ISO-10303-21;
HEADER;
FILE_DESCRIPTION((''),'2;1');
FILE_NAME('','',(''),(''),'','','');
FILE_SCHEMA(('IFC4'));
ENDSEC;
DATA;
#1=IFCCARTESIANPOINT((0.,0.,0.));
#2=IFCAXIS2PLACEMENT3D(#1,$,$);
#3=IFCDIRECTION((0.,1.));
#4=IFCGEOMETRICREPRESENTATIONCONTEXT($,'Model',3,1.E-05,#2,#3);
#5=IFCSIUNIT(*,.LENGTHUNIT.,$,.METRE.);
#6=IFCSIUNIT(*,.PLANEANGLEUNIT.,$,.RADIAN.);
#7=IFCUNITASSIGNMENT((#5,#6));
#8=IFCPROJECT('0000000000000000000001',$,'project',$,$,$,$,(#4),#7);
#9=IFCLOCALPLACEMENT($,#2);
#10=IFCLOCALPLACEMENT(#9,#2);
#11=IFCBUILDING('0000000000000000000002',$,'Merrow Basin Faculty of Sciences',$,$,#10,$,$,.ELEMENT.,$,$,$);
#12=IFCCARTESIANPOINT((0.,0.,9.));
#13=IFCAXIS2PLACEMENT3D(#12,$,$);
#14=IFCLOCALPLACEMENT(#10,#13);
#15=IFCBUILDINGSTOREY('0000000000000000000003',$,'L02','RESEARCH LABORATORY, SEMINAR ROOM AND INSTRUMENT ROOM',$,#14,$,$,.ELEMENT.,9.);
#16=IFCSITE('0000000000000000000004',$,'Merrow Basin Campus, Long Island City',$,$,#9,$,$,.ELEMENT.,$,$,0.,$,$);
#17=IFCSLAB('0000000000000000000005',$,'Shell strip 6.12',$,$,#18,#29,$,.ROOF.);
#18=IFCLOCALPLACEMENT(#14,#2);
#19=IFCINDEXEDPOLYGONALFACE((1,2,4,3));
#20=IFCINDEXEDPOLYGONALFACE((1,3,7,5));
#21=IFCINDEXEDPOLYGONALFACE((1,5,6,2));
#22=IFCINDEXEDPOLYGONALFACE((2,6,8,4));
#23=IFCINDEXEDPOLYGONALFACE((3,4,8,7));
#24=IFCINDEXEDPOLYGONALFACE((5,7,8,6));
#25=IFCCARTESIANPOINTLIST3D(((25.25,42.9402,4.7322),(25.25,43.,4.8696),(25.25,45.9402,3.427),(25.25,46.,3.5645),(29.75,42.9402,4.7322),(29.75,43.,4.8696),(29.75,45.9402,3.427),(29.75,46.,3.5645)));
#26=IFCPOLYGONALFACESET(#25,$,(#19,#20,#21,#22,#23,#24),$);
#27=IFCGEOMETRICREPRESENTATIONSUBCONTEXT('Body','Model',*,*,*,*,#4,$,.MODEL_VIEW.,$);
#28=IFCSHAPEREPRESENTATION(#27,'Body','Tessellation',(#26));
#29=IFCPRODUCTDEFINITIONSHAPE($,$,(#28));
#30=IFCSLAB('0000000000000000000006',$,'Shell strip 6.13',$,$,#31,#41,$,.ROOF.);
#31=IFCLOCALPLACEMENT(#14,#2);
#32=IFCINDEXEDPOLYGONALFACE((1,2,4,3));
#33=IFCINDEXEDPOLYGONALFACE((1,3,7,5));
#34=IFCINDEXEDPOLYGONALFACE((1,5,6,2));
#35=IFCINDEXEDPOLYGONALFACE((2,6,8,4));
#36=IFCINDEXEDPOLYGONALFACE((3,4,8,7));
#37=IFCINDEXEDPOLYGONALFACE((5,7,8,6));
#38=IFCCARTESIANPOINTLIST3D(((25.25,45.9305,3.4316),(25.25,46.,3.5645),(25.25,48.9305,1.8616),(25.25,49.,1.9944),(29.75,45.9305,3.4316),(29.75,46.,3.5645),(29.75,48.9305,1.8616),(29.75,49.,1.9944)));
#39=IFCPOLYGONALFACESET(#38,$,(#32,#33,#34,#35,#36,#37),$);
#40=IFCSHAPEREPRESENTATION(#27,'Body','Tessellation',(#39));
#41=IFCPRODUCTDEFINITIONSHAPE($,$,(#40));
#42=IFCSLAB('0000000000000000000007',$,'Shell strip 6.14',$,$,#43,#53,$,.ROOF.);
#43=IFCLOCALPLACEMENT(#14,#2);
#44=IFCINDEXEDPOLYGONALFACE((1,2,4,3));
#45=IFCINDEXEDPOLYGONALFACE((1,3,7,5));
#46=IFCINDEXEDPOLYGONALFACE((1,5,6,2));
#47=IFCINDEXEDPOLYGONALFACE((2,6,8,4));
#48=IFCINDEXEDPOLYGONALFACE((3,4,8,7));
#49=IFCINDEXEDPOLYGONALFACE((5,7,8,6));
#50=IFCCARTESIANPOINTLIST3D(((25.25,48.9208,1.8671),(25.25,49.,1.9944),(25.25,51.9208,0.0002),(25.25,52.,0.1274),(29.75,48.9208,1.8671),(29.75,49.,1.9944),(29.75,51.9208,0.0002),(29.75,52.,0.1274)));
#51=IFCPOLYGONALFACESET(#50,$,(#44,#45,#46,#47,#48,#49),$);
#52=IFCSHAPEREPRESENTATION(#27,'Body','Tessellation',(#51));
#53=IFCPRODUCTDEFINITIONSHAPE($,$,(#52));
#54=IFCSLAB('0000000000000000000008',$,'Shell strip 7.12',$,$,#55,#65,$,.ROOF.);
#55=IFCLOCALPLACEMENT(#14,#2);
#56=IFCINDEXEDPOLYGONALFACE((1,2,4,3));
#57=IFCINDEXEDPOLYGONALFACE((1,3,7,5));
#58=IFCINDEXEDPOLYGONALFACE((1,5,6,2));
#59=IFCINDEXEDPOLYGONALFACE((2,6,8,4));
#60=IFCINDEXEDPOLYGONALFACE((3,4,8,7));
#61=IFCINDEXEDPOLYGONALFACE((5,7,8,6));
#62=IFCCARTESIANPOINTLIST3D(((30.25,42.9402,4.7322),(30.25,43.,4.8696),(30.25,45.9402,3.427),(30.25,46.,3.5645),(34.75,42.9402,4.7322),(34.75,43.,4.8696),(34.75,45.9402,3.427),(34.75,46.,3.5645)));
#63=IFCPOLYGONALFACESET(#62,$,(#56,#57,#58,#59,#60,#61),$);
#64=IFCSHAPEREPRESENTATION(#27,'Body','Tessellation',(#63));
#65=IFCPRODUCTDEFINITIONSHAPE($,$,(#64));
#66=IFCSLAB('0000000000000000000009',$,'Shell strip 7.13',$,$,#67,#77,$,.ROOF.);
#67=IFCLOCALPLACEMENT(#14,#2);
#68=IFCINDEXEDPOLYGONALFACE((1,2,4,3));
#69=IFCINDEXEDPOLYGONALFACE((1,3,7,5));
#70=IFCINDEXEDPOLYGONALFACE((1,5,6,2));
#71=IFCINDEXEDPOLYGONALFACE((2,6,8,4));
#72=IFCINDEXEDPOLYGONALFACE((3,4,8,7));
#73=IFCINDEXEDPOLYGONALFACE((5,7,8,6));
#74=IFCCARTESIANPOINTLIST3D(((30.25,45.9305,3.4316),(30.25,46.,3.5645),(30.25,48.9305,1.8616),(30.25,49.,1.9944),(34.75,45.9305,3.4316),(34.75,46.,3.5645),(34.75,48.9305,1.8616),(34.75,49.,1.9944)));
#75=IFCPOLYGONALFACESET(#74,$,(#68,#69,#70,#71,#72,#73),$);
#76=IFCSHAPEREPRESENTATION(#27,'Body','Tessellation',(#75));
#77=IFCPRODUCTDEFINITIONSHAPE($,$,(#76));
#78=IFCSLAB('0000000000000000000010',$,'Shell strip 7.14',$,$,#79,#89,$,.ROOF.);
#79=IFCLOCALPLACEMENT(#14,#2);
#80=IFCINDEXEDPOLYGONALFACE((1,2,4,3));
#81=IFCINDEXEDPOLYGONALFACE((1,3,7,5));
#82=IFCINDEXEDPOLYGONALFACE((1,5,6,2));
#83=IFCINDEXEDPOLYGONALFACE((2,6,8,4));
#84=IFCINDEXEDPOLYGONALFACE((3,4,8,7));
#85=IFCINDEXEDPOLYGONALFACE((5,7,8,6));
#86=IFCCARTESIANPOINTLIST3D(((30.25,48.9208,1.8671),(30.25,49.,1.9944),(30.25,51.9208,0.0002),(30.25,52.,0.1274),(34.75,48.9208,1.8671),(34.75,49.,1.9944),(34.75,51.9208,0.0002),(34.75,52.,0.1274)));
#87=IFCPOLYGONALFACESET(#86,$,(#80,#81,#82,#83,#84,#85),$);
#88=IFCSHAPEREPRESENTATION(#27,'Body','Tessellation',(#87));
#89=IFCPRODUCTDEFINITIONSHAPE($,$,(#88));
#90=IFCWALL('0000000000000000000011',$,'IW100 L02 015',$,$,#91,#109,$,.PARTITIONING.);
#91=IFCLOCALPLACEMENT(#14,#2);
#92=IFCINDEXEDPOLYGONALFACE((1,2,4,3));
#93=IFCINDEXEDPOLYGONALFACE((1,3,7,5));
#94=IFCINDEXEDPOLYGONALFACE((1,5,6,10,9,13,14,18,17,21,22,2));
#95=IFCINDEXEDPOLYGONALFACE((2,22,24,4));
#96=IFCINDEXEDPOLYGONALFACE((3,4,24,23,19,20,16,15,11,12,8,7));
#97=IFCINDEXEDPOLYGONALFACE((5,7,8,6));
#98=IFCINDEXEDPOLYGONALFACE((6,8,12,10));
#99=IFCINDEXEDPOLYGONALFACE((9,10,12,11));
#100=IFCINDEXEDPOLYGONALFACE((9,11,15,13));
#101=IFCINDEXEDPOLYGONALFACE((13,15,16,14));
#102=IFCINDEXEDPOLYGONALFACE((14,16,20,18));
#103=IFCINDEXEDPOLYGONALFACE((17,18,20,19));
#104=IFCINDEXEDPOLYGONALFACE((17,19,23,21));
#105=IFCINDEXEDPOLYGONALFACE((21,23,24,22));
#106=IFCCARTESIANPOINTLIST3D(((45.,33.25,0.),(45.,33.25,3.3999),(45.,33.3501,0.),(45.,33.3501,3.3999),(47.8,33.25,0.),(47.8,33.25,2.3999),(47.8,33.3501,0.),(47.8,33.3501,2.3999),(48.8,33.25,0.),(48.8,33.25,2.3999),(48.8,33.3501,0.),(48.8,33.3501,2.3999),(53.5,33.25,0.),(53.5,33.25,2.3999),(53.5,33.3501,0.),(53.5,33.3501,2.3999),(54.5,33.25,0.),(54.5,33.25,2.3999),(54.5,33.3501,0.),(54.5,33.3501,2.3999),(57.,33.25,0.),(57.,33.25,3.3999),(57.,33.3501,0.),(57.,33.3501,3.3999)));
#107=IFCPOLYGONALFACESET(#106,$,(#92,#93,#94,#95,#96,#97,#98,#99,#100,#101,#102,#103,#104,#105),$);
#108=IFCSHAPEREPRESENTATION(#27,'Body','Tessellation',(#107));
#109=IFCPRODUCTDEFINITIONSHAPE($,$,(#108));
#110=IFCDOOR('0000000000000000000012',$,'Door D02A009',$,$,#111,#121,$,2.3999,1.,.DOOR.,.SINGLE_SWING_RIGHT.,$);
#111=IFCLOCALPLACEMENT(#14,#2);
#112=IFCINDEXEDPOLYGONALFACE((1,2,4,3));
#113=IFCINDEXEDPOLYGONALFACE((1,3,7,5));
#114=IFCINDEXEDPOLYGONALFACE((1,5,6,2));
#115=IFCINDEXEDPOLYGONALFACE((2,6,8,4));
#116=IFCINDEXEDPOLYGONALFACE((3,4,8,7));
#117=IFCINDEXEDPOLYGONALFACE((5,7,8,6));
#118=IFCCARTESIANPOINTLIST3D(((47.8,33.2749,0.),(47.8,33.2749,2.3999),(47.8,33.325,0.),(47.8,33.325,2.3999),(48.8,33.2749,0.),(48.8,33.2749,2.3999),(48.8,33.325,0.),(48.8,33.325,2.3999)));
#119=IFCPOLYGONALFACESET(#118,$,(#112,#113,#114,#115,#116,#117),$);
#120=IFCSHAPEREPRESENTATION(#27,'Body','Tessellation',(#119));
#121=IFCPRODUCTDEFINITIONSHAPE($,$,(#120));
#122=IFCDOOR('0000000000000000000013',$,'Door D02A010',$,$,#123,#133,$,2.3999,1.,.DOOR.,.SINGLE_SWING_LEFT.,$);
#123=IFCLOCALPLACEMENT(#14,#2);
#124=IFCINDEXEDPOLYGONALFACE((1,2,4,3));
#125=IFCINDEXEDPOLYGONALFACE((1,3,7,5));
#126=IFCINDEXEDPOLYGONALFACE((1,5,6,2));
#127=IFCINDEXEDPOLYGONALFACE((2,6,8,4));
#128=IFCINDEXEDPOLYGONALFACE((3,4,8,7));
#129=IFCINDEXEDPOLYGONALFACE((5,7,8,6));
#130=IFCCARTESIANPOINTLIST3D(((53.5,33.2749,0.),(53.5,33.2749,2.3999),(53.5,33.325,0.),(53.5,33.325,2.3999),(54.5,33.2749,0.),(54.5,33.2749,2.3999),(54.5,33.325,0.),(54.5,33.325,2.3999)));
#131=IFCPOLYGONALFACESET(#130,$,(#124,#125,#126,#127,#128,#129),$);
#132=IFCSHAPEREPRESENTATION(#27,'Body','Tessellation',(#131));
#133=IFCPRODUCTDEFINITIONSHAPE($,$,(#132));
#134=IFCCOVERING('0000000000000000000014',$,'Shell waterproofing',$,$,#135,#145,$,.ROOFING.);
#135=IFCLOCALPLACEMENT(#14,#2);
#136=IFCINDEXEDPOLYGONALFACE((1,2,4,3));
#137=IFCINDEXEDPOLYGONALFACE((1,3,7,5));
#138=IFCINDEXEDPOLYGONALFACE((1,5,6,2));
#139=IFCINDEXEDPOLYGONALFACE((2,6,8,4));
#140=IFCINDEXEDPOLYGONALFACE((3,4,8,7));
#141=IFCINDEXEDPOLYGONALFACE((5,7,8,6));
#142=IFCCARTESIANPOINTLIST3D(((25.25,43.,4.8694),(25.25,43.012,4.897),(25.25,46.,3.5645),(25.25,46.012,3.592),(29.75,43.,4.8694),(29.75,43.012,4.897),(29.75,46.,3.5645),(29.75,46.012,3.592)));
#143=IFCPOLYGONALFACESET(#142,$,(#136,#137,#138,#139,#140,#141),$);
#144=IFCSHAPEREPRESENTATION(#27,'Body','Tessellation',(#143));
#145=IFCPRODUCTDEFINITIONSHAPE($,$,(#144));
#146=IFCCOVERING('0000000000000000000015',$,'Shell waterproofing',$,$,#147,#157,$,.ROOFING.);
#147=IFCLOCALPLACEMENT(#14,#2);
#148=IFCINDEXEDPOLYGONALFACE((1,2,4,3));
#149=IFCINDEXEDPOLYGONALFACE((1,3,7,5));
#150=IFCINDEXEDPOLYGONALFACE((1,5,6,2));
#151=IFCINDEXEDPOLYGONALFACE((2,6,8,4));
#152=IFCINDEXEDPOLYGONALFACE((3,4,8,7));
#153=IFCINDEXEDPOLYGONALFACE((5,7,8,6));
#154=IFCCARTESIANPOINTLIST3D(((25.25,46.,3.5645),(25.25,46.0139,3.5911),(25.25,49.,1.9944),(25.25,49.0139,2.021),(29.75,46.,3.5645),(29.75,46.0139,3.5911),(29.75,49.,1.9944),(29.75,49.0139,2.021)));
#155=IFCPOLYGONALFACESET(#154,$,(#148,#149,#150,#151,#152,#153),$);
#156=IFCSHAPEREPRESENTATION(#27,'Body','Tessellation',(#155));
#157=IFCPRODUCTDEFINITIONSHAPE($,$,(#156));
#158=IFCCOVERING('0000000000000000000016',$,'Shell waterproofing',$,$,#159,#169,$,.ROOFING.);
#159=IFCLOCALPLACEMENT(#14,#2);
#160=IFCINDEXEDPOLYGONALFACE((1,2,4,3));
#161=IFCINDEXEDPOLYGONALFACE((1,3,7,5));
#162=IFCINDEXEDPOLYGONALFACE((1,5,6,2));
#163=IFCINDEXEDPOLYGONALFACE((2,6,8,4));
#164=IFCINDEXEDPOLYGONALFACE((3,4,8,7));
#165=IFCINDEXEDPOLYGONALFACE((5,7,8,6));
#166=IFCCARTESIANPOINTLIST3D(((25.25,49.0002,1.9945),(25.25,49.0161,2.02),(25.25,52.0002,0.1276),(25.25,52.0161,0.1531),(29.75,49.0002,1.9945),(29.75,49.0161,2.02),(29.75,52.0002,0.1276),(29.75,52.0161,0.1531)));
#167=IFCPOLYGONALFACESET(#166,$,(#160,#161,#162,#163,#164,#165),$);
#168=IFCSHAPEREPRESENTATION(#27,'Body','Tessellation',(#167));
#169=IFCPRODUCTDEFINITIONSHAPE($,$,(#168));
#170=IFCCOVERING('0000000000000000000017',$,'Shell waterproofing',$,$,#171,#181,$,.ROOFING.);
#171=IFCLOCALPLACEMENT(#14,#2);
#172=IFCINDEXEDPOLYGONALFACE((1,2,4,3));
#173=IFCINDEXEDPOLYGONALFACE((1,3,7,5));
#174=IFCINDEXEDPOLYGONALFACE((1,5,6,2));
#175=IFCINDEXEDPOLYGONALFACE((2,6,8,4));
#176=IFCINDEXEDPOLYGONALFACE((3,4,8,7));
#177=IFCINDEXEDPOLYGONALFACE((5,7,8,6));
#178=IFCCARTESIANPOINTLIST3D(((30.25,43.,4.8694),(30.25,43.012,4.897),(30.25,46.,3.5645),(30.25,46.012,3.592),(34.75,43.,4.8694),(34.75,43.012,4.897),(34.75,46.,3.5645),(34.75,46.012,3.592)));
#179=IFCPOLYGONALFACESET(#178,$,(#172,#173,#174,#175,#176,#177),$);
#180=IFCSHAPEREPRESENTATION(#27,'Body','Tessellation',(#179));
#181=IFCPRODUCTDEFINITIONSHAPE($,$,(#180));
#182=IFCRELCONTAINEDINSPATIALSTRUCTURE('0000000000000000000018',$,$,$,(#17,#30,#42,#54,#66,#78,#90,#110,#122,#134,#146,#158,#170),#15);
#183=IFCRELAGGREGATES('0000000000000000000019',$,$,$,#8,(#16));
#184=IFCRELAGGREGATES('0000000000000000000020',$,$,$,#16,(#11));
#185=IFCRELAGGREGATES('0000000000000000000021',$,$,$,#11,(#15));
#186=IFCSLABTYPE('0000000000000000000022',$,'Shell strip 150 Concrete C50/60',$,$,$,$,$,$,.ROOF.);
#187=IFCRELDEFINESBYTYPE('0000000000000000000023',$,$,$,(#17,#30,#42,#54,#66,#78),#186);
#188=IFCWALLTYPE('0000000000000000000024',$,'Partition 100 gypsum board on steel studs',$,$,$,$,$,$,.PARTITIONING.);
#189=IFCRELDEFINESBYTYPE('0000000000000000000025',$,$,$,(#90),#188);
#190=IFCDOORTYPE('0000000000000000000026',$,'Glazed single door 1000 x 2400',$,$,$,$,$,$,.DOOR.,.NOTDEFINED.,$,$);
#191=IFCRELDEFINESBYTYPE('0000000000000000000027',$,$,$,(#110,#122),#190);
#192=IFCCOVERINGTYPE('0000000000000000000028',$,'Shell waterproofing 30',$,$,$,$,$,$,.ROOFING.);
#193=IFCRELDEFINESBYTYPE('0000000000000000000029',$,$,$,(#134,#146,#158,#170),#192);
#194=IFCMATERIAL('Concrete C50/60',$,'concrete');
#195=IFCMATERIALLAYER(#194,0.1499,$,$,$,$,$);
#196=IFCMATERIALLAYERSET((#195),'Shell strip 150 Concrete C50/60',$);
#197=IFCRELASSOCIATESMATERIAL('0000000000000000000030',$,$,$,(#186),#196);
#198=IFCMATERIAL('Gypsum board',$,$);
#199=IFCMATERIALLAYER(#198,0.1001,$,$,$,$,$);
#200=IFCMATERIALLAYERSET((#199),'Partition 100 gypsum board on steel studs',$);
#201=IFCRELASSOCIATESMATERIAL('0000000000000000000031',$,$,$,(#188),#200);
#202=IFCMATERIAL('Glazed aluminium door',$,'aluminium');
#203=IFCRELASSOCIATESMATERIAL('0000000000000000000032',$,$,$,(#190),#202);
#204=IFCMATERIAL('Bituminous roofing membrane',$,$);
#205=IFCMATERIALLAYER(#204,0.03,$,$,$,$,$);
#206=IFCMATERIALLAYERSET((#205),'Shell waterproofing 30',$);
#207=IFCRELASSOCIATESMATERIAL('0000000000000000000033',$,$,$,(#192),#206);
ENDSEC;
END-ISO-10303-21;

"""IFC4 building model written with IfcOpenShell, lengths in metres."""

from ifc_helpers import new_model, si_unit, direction, frame, frame_2d, origin, place, context, subcontext, project, spatial, polyline, rectangle, outline, extrude, material, layer, layer_set, type_object, element, fill, save


model = new_model("IFC4")

# Units and contexts
model_context = context("Model", 3, precision=1e-05, world=origin(), true_north=direction((0.0, 1.0)))
body_context = subcontext(model_context, "Body", "Model", "MODEL_VIEW")
ifc_project = project(units=[si_unit("LENGTHUNIT", "METRE"), si_unit("PLANEANGLEUNIT", "RADIAN")], contexts=[model_context])

# Site, building, storey
site_placement = place(None, origin())
site = spatial("IfcSite", under=ifc_project, at=site_placement, Name="Merrow Basin Campus, Long Island City", CompositionType="ELEMENT", RefElevation=0.0)
building_placement = place(site_placement, origin())
building = spatial("IfcBuilding", under=site, at=building_placement, Name="Merrow Basin Faculty of Sciences", CompositionType="ELEMENT")
storey_placement = place(building_placement, frame((0.0, 0.0, 9.0)))
storey = spatial("IfcBuildingStorey", under=building, at=storey_placement, Name="L02", Description="RESEARCH LABORATORY, SEMINAR ROOM AND INSTRUMENT ROOM", CompositionType="ELEMENT", Elevation=9.0)

# Slabs
ifc_material_1 = material(Name="Concrete C50/60", Category="concrete")
ifc_layer_1 = layer(ifc_material_1, 0.1499)
ifc_layer_set_1 = layer_set([ifc_layer_1], Name="Shell strip 150 Concrete C50/60")
slab_type = type_object("IfcSlabType", Name="Shell strip 150 Concrete C50/60", PredefinedType="ROOF", material=ifc_layer_set_1)
slab_1_placement = place(storey_placement, frame((25.25, 43.0, 4.8696), z_axis=(0.0, 0.398939, 0.916977), x_axis=(1.0, 0.0, 0.0)))
element("IfcSlab", 1, at=slab_1_placement, inside=storey, type_object=slab_type, Name="Shell strip 6.12", PredefinedType="ROOF", context=body_context, shape_type="SweptSolid", body=[
    extrude(outline(polyline([(0.0, 0.0), (4.5, 0.0), (4.5, 3.2716), (0.0, 3.2716), (0.0, 0.0)])), origin(), (0.0, 0.0, -1.0), 0.1499),
])
slab_2_placement = place(storey_placement, frame((25.25, 46.0, 3.5645), z_axis=(0.0, 0.463692, 0.885997), x_axis=(1.0, 0.0, 0.0)))
element("IfcSlab", 2, at=slab_2_placement, inside=storey, type_object=slab_type, Name="Shell strip 6.13", PredefinedType="ROOF", context=body_context, shape_type="SweptSolid", body=[
    extrude(outline(polyline([(0.0, 0.0), (4.5, 0.0), (4.5, 3.386), (0.0, 3.386), (0.0, 0.0)])), origin(), (0.0, 0.0, -1.0), 0.1499),
])
slab_3_placement = place(storey_placement, frame((25.25, 49.0, 1.9944), z_axis=(0.0, 0.528358, 0.849021), x_axis=(1.0, 0.0, 0.0)))
element("IfcSlab", 3, at=slab_3_placement, inside=storey, type_object=slab_type, Name="Shell strip 6.14", PredefinedType="ROOF", context=body_context, shape_type="SweptSolid", body=[
    extrude(outline(polyline([(0.0, 0.0), (4.5, 0.0), (4.5, 3.5335), (0.0, 3.5335), (0.0, 0.0)])), origin(), (0.0, 0.0, -1.0), 0.1499),
])
slab_4_placement = place(storey_placement, frame((30.25, 43.0, 4.8696), z_axis=(0.0, 0.398939, 0.916977), x_axis=(1.0, 0.0, 0.0)))
element("IfcSlab", 4, at=slab_4_placement, inside=storey, type_object=slab_type, Name="Shell strip 7.12", PredefinedType="ROOF", context=body_context, shape_type="SweptSolid", body=[
    extrude(outline(polyline([(0.0, 0.0), (4.5, 0.0), (4.5, 3.2716), (0.0, 3.2716), (0.0, 0.0)])), origin(), (0.0, 0.0, -1.0), 0.1499),
])
slab_5_placement = place(storey_placement, frame((30.25, 46.0, 3.5645), z_axis=(0.0, 0.463692, 0.885997), x_axis=(1.0, 0.0, 0.0)))
element("IfcSlab", 5, at=slab_5_placement, inside=storey, type_object=slab_type, Name="Shell strip 7.13", PredefinedType="ROOF", context=body_context, shape_type="SweptSolid", body=[
    extrude(outline(polyline([(0.0, 0.0), (4.5, 0.0), (4.5, 3.386), (0.0, 3.386), (0.0, 0.0)])), origin(), (0.0, 0.0, -1.0), 0.1499),
])
slab_6_placement = place(storey_placement, frame((30.25, 49.0, 1.9944), z_axis=(0.0, 0.528358, 0.849021), x_axis=(1.0, 0.0, 0.0)))
element("IfcSlab", 6, at=slab_6_placement, inside=storey, type_object=slab_type, Name="Shell strip 7.14", PredefinedType="ROOF", context=body_context, shape_type="SweptSolid", body=[
    extrude(outline(polyline([(0.0, 0.0), (4.5, 0.0), (4.5, 3.5335), (0.0, 3.5335), (0.0, 0.0)])), origin(), (0.0, 0.0, -1.0), 0.1499),
])

# Wall, openings, doors
ifc_material_2 = material(Name="Gypsum board")
ifc_layer_2 = layer(ifc_material_2, 0.1001)
ifc_layer_set_2 = layer_set([ifc_layer_2], Name="Partition 100 gypsum board on steel studs")
wall_type = type_object("IfcWallType", Name="Partition 100 gypsum board on steel studs", PredefinedType="PARTITIONING", material=ifc_layer_set_2)
wall_placement = place(storey_placement, frame((45.0, 33.3, 0.0), z_axis=(0.0, 0.0, 1.0), x_axis=(1.0, 0.0, 0.0)))
wall = element("IfcWall", 7, at=wall_placement, inside=storey, type_object=wall_type, Name="IW100 L02 015", PredefinedType="PARTITIONING", context=body_context, shape_type="SweptSolid", body=[
    extrude(rectangle(XDim=12.0, YDim=0.1001, at=frame_2d((6.0, 0.0))), origin(), (0.0, 0.0, 1.0), 3.3999),
])
opening_1_placement = place(wall_placement, frame((2.8, 0.0, 0.0)))
opening_1 = element("IfcOpeningElement", 8, at=opening_1_placement, cuts=wall, PredefinedType="OPENING", context=body_context, shape_type="SweptSolid", body=[
    extrude(rectangle(XDim=1.0, YDim=2.3999, at=frame_2d((0.5, 1.2))), frame((0.0, 0.0601, 0.0), z_axis=(0.0, -1.0, 0.0), x_axis=(1.0, 0.0, 0.0)), (0.0, 0.0, 1.0), 0.1201),
])
opening_2_placement = place(wall_placement, frame((8.5, 0.0, 0.0)))
opening_2 = element("IfcOpeningElement", 9, at=opening_2_placement, cuts=wall, PredefinedType="OPENING", context=body_context, shape_type="SweptSolid", body=[
    extrude(rectangle(XDim=1.0, YDim=2.3999, at=frame_2d((0.5, 1.2))), frame((0.0, 0.0601, 0.0), z_axis=(0.0, -1.0, 0.0), x_axis=(1.0, 0.0, 0.0)), (0.0, 0.0, 1.0), 0.1201),
])
ifc_material_3 = material(Name="Glazed aluminium door", Category="aluminium")
door_type = type_object("IfcDoorType", Name="Glazed single door 1000 x 2400", OperationType="NOTDEFINED", PredefinedType="DOOR", material=ifc_material_3)
door_1_placement = place(opening_1_placement, origin())
door_1 = element("IfcDoor", 10, at=door_1_placement, inside=storey, type_object=door_type, Name="Door D02A009", OperationType="SINGLE_SWING_RIGHT", OverallHeight=2.3999, OverallWidth=1.0, PredefinedType="DOOR", context=body_context, shape_type="SweptSolid", body=[
    extrude(rectangle(XDim=1.0, YDim=2.3999, at=frame_2d((0.5, 1.2))), frame((0.0, 0.0249, 0.0), z_axis=(0.0, -1.0, 0.0), x_axis=(1.0, 0.0, 0.0)), (0.0, 0.0, 1.0), 0.05),
])
fill(opening_1, door_1)
door_2_placement = place(opening_2_placement, origin())
door_2 = element("IfcDoor", 11, at=door_2_placement, inside=storey, type_object=door_type, Name="Door D02A010", OperationType="SINGLE_SWING_LEFT", OverallHeight=2.3999, OverallWidth=1.0, PredefinedType="DOOR", context=body_context, shape_type="SweptSolid", body=[
    extrude(rectangle(XDim=1.0, YDim=2.3999, at=frame_2d((0.5, 1.2))), frame((0.0, 0.0249, 0.0), z_axis=(0.0, -1.0, 0.0), x_axis=(1.0, 0.0, 0.0)), (0.0, 0.0, 1.0), 0.05),
])
fill(opening_2, door_2)

# Coverings
ifc_material_4 = material(Name="Bituminous roofing membrane")
ifc_layer_3 = layer(ifc_material_4, 0.03)
ifc_layer_set_3 = layer_set([ifc_layer_3], Name="Shell waterproofing 30")
covering_type = type_object("IfcCoveringType", Name="Shell waterproofing 30", PredefinedType="ROOFING", material=ifc_layer_set_3)
covering_1_placement = place(storey_placement, frame((25.25, 43.012, 4.897), z_axis=(0.0, 0.398876, 0.917005), x_axis=(1.0, 0.0, 0.0)))
element("IfcCovering", 12, at=covering_1_placement, inside=storey, type_object=covering_type, Name="Shell waterproofing", PredefinedType="ROOFING", context=body_context, shape_type="SweptSolid", body=[
    extrude(outline(polyline([(0.0, 0.0), (4.5, 0.0), (4.5, 3.2715), (0.0, 3.2715), (0.0, 0.0)])), origin(), (0.0, 0.0, -1.0), 0.03),
])
covering_2_placement = place(storey_placement, frame((25.25, 46.0139, 3.5911), z_axis=(0.0, 0.463692, 0.885997), x_axis=(1.0, 0.0, 0.0)))
element("IfcCovering", 13, at=covering_2_placement, inside=storey, type_object=covering_type, Name="Shell waterproofing", PredefinedType="ROOFING", context=body_context, shape_type="SweptSolid", body=[
    extrude(outline(polyline([(0.0, 0.0), (4.5, 0.0), (4.5, 3.386), (0.0, 3.386), (0.0, 0.0)])), origin(), (0.0, 0.0, -1.0), 0.03),
])
covering_3_placement = place(storey_placement, frame((25.25, 49.0161, 2.02), z_axis=(0.0, 0.528358, 0.849021), x_axis=(1.0, 0.0, 0.0)))
element("IfcCovering", 14, at=covering_3_placement, inside=storey, type_object=covering_type, Name="Shell waterproofing", PredefinedType="ROOFING", context=body_context, shape_type="SweptSolid", body=[
    extrude(outline(polyline([(0.0, 0.0), (4.5, 0.0), (4.5, 3.5335), (0.0, 3.5335), (0.0, 0.0)])), origin(), (0.0, 0.0, -1.0), 0.03),
])
covering_4_placement = place(storey_placement, frame((30.25, 43.012, 4.897), z_axis=(0.0, 0.398876, 0.917005), x_axis=(1.0, 0.0, 0.0)))
element("IfcCovering", 15, at=covering_4_placement, inside=storey, type_object=covering_type, Name="Shell waterproofing", PredefinedType="ROOFING", context=body_context, shape_type="SweptSolid", body=[
    extrude(outline(polyline([(0.0, 0.0), (4.5, 0.0), (4.5, 3.2715), (0.0, 3.2715), (0.0, 0.0)])), origin(), (0.0, 0.0, -1.0), 0.03),
])

save(model, "model.ifc")
